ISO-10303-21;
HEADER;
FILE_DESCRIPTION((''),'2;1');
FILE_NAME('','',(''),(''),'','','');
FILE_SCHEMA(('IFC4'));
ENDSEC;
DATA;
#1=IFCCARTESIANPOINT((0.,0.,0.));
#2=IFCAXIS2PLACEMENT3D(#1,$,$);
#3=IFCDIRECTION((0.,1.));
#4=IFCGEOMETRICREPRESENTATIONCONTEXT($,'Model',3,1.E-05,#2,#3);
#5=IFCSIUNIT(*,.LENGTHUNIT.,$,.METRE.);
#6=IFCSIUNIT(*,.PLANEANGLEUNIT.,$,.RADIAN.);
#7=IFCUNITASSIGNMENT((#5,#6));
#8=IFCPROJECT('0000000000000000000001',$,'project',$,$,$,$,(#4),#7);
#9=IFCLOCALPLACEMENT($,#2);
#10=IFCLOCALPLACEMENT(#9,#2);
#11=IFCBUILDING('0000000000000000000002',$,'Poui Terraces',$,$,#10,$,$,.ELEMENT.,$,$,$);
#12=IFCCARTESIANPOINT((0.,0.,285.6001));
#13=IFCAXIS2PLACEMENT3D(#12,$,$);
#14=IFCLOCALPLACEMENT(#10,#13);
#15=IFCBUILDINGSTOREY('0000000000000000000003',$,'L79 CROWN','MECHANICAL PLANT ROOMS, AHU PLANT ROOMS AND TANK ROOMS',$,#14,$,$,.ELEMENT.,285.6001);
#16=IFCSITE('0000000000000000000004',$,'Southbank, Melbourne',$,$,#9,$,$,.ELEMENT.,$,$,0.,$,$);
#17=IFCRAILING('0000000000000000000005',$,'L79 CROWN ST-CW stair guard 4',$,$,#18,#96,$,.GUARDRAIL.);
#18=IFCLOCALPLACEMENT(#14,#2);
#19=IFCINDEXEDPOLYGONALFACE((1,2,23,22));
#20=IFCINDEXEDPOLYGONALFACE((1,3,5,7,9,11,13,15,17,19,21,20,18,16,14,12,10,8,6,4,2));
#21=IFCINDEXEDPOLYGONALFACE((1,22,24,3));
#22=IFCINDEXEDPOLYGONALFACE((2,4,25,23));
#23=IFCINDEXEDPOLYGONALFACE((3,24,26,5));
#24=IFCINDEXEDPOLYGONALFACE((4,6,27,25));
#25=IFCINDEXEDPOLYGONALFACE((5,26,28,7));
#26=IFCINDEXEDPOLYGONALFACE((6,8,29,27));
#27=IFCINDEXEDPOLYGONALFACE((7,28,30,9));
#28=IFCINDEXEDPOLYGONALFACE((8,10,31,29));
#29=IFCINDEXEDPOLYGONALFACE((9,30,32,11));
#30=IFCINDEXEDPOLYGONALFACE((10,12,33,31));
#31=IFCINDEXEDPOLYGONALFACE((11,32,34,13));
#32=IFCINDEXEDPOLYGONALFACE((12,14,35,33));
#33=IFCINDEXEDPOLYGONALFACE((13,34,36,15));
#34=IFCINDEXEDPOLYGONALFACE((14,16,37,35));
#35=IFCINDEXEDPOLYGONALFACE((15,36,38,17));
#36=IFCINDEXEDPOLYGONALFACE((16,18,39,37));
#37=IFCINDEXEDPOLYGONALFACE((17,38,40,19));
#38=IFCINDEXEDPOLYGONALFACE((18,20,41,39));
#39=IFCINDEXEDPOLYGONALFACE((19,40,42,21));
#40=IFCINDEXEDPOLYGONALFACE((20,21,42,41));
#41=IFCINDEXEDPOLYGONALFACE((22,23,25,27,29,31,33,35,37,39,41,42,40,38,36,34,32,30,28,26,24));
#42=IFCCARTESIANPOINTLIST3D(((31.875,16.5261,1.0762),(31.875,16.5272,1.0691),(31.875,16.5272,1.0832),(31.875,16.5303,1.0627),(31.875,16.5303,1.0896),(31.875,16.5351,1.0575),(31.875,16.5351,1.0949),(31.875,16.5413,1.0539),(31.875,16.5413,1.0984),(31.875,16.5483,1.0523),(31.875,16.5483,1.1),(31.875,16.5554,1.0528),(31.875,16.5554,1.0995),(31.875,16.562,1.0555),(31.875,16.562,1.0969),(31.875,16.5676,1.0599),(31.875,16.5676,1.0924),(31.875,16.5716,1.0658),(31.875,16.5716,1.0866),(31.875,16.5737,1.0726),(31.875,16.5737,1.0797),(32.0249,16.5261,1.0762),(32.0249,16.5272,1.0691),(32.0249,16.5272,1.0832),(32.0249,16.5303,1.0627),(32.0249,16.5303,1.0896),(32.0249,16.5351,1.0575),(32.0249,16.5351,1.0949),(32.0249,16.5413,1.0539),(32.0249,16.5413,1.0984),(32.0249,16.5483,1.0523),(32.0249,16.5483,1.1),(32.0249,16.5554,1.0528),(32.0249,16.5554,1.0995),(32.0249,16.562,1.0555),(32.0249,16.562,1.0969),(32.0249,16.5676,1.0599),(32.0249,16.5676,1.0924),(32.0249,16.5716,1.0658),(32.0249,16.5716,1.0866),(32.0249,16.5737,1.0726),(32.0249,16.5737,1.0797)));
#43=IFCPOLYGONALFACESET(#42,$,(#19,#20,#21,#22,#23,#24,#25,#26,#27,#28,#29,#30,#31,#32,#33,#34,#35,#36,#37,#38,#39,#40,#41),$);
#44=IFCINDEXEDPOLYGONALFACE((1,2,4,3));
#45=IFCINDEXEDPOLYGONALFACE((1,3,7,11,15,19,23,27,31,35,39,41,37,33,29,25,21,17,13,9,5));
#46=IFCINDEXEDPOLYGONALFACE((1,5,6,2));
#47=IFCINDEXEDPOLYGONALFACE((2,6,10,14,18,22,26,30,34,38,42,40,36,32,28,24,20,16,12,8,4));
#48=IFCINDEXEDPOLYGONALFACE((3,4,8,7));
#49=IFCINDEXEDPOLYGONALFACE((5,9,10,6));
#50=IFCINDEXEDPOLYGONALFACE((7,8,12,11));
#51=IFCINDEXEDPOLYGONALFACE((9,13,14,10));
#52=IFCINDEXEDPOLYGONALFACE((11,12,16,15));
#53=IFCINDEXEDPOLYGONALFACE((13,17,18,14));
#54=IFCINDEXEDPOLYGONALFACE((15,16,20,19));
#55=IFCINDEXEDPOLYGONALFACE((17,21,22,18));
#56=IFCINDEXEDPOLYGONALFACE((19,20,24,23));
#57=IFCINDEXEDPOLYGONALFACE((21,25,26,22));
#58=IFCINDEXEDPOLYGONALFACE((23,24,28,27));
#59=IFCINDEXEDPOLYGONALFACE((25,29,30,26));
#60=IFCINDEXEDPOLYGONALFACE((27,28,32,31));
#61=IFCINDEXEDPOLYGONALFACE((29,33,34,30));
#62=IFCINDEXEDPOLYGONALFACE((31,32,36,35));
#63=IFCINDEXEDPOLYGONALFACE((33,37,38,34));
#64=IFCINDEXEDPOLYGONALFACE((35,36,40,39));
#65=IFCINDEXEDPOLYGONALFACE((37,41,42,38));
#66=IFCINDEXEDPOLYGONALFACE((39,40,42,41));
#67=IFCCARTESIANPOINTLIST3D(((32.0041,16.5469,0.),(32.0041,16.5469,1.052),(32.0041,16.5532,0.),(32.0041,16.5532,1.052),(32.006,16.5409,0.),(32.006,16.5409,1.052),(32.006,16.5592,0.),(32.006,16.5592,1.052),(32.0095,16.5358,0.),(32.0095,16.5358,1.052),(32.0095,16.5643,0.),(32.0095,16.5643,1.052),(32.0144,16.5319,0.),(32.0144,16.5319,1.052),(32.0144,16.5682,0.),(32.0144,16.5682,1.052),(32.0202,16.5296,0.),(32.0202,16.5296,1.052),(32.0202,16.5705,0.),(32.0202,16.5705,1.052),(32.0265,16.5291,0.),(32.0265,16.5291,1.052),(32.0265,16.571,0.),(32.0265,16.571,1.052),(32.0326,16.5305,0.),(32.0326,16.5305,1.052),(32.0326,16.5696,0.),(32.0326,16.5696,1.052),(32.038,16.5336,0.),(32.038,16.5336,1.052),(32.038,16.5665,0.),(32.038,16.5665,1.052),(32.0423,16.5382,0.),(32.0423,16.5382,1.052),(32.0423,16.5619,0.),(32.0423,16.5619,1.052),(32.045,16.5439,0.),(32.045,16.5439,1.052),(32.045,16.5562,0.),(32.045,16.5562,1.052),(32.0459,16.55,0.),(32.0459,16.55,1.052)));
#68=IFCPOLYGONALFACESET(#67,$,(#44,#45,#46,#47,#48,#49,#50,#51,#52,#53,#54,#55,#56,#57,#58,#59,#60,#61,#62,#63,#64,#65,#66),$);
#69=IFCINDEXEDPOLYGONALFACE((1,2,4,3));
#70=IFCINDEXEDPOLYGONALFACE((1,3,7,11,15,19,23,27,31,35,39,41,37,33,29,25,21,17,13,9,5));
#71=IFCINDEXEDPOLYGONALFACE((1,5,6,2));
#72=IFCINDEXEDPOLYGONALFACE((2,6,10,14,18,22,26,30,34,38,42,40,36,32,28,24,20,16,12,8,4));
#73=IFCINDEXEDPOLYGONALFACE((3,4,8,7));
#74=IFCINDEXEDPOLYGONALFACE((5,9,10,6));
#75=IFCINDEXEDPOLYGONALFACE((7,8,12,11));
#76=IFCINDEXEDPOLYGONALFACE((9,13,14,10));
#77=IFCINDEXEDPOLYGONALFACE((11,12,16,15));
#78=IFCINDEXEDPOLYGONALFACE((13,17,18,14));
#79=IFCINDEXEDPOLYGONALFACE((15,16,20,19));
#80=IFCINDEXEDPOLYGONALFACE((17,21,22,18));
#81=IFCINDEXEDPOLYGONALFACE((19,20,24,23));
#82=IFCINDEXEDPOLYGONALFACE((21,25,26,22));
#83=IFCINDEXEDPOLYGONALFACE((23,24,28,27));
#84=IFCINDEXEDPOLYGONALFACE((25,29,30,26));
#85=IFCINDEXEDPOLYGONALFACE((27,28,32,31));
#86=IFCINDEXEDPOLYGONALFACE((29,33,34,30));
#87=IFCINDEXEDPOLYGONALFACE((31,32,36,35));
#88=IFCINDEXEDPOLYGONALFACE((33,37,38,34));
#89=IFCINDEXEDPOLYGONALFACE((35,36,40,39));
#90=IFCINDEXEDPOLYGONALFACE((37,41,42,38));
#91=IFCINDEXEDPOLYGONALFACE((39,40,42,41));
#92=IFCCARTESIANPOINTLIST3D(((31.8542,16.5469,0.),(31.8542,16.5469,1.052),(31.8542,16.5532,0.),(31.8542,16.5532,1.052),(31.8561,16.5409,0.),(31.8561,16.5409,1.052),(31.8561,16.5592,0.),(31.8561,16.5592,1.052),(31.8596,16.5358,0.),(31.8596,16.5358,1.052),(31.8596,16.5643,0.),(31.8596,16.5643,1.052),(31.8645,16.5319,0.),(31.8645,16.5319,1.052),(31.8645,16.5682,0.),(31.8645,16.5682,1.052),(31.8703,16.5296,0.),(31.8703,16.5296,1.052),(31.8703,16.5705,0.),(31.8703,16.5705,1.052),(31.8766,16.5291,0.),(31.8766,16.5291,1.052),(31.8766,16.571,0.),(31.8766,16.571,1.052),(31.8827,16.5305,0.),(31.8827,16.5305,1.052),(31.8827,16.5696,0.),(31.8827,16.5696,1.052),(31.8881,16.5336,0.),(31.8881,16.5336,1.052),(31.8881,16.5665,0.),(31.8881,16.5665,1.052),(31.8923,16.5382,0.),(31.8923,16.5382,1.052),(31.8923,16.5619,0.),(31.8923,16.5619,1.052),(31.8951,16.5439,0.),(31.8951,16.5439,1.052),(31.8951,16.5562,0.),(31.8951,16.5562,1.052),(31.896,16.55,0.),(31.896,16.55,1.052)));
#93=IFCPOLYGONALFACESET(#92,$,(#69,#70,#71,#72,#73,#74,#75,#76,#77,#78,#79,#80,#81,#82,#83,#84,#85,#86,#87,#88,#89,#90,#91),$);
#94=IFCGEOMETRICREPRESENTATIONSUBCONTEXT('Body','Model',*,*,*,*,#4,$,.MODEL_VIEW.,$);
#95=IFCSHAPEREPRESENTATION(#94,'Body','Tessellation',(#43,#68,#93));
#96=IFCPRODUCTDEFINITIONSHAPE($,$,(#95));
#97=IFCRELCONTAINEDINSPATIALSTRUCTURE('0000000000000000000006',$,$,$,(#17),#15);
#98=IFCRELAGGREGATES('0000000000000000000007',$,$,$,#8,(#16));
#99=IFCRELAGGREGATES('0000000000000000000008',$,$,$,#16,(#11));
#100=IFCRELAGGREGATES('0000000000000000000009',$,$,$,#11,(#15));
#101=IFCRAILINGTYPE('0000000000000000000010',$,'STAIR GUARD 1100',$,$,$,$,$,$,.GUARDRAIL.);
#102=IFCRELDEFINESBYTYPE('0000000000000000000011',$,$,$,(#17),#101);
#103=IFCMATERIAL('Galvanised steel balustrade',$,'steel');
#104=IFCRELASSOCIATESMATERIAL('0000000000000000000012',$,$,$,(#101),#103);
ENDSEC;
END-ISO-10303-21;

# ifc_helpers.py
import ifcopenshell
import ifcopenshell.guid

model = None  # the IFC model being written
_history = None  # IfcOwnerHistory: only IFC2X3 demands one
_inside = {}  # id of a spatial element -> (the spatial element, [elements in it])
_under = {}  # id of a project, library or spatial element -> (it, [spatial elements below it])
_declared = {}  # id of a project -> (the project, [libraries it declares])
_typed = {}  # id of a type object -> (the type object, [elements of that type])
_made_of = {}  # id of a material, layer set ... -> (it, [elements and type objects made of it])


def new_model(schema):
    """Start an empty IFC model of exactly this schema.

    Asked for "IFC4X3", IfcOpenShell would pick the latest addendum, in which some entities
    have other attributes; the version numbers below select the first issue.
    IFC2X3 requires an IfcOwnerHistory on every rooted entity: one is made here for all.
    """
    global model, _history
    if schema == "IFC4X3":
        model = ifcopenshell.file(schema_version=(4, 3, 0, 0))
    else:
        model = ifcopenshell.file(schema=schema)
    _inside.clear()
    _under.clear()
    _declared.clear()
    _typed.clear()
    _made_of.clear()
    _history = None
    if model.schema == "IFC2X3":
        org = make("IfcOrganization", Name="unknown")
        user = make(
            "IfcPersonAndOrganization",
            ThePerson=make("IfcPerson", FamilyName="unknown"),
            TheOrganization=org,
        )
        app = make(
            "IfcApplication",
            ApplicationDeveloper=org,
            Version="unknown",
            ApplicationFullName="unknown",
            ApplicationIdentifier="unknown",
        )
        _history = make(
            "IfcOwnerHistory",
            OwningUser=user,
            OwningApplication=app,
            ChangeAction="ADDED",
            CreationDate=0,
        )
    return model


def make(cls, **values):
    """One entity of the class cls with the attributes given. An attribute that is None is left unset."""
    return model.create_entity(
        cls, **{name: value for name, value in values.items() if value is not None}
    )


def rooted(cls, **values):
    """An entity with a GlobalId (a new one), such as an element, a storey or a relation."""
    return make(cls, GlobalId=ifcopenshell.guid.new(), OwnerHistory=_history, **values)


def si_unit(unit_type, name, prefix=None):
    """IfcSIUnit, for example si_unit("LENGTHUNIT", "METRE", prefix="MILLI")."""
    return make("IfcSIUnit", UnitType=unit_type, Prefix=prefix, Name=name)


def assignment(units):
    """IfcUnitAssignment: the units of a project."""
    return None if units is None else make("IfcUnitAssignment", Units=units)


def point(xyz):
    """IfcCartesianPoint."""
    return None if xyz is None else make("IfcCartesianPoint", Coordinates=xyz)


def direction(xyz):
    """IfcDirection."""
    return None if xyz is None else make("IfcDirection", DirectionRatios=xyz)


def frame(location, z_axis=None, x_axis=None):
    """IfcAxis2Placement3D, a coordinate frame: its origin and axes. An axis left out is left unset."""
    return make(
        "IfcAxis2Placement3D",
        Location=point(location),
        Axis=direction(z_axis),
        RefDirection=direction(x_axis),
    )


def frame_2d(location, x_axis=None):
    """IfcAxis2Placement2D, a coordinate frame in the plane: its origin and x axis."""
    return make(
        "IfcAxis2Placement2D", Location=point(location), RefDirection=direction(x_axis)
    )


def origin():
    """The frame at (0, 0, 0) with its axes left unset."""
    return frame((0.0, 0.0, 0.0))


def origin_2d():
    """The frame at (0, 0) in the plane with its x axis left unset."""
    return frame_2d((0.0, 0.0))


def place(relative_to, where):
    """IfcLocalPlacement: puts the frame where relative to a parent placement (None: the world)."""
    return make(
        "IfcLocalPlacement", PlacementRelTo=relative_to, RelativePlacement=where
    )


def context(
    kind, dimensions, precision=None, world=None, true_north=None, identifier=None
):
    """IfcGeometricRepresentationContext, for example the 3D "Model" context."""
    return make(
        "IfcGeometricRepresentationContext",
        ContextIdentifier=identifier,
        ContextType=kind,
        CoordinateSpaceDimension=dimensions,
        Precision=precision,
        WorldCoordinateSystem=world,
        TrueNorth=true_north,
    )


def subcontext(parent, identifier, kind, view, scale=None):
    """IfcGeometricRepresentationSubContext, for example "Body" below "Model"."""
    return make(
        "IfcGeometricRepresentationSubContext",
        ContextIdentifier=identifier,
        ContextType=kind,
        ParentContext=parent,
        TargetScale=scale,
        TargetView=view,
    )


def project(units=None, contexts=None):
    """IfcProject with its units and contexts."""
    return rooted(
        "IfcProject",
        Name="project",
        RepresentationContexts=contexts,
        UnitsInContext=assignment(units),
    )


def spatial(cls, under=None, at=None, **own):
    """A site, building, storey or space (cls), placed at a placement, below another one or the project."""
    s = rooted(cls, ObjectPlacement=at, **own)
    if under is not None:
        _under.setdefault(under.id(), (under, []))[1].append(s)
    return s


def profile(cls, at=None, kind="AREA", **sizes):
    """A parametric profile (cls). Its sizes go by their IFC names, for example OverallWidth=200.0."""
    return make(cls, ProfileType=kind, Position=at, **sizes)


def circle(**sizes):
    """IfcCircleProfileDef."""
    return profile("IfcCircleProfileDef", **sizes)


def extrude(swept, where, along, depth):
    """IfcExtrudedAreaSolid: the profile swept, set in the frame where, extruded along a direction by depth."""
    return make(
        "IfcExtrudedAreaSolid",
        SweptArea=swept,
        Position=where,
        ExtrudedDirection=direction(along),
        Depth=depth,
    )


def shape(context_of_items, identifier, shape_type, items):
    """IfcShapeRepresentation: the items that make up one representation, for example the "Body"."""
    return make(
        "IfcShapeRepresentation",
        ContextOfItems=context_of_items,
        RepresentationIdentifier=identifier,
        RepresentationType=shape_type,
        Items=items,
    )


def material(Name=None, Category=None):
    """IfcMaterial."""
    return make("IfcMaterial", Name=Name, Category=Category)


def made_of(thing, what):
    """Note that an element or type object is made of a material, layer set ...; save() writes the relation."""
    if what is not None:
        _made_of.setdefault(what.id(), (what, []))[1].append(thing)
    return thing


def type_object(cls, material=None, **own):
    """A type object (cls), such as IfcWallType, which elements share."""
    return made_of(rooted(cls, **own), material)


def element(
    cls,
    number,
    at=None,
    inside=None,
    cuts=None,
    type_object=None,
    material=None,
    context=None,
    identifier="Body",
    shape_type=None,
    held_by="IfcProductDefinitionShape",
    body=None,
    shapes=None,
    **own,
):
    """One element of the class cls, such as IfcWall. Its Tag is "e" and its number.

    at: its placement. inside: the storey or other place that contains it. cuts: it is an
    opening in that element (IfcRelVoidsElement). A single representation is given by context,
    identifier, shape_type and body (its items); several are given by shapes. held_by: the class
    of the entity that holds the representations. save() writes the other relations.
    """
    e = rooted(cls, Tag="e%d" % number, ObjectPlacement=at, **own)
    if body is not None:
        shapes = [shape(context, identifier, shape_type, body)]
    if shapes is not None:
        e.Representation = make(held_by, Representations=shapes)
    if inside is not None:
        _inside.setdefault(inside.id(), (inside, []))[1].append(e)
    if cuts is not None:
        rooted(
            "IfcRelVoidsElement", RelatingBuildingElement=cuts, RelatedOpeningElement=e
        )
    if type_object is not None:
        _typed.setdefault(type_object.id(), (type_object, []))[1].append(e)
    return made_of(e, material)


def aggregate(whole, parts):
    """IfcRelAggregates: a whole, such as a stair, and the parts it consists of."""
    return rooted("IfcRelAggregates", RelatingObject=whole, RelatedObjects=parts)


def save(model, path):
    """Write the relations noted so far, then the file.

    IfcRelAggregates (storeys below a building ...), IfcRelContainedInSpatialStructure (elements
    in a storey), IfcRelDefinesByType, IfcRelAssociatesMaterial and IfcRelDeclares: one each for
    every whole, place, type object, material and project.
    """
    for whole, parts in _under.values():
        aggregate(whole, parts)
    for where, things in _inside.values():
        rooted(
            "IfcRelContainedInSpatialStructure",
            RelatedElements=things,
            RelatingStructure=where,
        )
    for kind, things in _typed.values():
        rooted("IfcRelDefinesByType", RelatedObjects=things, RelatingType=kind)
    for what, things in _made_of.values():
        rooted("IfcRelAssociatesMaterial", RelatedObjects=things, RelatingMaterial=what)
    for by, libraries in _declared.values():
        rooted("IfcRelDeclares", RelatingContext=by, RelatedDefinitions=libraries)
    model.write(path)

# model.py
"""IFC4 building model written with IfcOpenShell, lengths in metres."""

from ifc_helpers import new_model, si_unit, direction, frame, origin, origin_2d, place, context, subcontext, project, spatial, circle, extrude, material, type_object, element, save


model = new_model("IFC4")

# Units and contexts
model_context = context("Model", 3, precision=1e-05, world=origin(), true_north=direction((0.0, 1.0)))
body_context = subcontext(model_context, "Body", "Model", "MODEL_VIEW")
ifc_project = project(units=[si_unit("LENGTHUNIT", "METRE"), si_unit("PLANEANGLEUNIT", "RADIAN")], contexts=[model_context])

# Site, building, storey
site_placement = place(None, origin())
site = spatial("IfcSite", under=ifc_project, at=site_placement, Name="Southbank, Melbourne", CompositionType="ELEMENT", RefElevation=0.0)
building_placement = place(site_placement, origin())
building = spatial("IfcBuilding", under=site, at=building_placement, Name="Poui Terraces", CompositionType="ELEMENT")
storey_placement = place(building_placement, frame((0.0, 0.0, 285.6001)))
storey = spatial("IfcBuildingStorey", under=building, at=storey_placement, Name="L79 CROWN", Description="MECHANICAL PLANT ROOMS, AHU PLANT ROOMS AND TANK ROOMS", CompositionType="ELEMENT", Elevation=285.6001)

# Railing
ifc_material_1 = material(Name="Galvanised steel balustrade", Category="steel")
railing_type_1 = type_object("IfcRailingType", Name="STAIR GUARD 1100", PredefinedType="GUARDRAIL", material=ifc_material_1)
railing_1_placement = place(storey_placement, frame((32.0249, 16.55, 0.0)))
element("IfcRailing", 1, at=railing_1_placement, inside=storey, type_object=railing_type_1, Name="L79 CROWN ST-CW stair guard 4", PredefinedType="GUARDRAIL", context=body_context, shape_type="SweptSolid", body=[
    extrude(circle(Radius=0.0239, at=origin_2d()), frame((0.0, 0.0, 1.0762), z_axis=(-1.0, 0.0, 0.0), x_axis=(0.0, -1.0, 0.0)), (0.0, 0.0, 1.0), 0.1499),
    extrude(circle(Radius=0.021, at=origin_2d()), origin(), (0.0, 0.0, 1.0), 1.052),
    extrude(circle(Radius=0.021, at=origin_2d()), frame((-0.1499, 0.0, 0.0)), (0.0, 0.0, 1.0), 1.052),
])

save(model, "model.ifc")
